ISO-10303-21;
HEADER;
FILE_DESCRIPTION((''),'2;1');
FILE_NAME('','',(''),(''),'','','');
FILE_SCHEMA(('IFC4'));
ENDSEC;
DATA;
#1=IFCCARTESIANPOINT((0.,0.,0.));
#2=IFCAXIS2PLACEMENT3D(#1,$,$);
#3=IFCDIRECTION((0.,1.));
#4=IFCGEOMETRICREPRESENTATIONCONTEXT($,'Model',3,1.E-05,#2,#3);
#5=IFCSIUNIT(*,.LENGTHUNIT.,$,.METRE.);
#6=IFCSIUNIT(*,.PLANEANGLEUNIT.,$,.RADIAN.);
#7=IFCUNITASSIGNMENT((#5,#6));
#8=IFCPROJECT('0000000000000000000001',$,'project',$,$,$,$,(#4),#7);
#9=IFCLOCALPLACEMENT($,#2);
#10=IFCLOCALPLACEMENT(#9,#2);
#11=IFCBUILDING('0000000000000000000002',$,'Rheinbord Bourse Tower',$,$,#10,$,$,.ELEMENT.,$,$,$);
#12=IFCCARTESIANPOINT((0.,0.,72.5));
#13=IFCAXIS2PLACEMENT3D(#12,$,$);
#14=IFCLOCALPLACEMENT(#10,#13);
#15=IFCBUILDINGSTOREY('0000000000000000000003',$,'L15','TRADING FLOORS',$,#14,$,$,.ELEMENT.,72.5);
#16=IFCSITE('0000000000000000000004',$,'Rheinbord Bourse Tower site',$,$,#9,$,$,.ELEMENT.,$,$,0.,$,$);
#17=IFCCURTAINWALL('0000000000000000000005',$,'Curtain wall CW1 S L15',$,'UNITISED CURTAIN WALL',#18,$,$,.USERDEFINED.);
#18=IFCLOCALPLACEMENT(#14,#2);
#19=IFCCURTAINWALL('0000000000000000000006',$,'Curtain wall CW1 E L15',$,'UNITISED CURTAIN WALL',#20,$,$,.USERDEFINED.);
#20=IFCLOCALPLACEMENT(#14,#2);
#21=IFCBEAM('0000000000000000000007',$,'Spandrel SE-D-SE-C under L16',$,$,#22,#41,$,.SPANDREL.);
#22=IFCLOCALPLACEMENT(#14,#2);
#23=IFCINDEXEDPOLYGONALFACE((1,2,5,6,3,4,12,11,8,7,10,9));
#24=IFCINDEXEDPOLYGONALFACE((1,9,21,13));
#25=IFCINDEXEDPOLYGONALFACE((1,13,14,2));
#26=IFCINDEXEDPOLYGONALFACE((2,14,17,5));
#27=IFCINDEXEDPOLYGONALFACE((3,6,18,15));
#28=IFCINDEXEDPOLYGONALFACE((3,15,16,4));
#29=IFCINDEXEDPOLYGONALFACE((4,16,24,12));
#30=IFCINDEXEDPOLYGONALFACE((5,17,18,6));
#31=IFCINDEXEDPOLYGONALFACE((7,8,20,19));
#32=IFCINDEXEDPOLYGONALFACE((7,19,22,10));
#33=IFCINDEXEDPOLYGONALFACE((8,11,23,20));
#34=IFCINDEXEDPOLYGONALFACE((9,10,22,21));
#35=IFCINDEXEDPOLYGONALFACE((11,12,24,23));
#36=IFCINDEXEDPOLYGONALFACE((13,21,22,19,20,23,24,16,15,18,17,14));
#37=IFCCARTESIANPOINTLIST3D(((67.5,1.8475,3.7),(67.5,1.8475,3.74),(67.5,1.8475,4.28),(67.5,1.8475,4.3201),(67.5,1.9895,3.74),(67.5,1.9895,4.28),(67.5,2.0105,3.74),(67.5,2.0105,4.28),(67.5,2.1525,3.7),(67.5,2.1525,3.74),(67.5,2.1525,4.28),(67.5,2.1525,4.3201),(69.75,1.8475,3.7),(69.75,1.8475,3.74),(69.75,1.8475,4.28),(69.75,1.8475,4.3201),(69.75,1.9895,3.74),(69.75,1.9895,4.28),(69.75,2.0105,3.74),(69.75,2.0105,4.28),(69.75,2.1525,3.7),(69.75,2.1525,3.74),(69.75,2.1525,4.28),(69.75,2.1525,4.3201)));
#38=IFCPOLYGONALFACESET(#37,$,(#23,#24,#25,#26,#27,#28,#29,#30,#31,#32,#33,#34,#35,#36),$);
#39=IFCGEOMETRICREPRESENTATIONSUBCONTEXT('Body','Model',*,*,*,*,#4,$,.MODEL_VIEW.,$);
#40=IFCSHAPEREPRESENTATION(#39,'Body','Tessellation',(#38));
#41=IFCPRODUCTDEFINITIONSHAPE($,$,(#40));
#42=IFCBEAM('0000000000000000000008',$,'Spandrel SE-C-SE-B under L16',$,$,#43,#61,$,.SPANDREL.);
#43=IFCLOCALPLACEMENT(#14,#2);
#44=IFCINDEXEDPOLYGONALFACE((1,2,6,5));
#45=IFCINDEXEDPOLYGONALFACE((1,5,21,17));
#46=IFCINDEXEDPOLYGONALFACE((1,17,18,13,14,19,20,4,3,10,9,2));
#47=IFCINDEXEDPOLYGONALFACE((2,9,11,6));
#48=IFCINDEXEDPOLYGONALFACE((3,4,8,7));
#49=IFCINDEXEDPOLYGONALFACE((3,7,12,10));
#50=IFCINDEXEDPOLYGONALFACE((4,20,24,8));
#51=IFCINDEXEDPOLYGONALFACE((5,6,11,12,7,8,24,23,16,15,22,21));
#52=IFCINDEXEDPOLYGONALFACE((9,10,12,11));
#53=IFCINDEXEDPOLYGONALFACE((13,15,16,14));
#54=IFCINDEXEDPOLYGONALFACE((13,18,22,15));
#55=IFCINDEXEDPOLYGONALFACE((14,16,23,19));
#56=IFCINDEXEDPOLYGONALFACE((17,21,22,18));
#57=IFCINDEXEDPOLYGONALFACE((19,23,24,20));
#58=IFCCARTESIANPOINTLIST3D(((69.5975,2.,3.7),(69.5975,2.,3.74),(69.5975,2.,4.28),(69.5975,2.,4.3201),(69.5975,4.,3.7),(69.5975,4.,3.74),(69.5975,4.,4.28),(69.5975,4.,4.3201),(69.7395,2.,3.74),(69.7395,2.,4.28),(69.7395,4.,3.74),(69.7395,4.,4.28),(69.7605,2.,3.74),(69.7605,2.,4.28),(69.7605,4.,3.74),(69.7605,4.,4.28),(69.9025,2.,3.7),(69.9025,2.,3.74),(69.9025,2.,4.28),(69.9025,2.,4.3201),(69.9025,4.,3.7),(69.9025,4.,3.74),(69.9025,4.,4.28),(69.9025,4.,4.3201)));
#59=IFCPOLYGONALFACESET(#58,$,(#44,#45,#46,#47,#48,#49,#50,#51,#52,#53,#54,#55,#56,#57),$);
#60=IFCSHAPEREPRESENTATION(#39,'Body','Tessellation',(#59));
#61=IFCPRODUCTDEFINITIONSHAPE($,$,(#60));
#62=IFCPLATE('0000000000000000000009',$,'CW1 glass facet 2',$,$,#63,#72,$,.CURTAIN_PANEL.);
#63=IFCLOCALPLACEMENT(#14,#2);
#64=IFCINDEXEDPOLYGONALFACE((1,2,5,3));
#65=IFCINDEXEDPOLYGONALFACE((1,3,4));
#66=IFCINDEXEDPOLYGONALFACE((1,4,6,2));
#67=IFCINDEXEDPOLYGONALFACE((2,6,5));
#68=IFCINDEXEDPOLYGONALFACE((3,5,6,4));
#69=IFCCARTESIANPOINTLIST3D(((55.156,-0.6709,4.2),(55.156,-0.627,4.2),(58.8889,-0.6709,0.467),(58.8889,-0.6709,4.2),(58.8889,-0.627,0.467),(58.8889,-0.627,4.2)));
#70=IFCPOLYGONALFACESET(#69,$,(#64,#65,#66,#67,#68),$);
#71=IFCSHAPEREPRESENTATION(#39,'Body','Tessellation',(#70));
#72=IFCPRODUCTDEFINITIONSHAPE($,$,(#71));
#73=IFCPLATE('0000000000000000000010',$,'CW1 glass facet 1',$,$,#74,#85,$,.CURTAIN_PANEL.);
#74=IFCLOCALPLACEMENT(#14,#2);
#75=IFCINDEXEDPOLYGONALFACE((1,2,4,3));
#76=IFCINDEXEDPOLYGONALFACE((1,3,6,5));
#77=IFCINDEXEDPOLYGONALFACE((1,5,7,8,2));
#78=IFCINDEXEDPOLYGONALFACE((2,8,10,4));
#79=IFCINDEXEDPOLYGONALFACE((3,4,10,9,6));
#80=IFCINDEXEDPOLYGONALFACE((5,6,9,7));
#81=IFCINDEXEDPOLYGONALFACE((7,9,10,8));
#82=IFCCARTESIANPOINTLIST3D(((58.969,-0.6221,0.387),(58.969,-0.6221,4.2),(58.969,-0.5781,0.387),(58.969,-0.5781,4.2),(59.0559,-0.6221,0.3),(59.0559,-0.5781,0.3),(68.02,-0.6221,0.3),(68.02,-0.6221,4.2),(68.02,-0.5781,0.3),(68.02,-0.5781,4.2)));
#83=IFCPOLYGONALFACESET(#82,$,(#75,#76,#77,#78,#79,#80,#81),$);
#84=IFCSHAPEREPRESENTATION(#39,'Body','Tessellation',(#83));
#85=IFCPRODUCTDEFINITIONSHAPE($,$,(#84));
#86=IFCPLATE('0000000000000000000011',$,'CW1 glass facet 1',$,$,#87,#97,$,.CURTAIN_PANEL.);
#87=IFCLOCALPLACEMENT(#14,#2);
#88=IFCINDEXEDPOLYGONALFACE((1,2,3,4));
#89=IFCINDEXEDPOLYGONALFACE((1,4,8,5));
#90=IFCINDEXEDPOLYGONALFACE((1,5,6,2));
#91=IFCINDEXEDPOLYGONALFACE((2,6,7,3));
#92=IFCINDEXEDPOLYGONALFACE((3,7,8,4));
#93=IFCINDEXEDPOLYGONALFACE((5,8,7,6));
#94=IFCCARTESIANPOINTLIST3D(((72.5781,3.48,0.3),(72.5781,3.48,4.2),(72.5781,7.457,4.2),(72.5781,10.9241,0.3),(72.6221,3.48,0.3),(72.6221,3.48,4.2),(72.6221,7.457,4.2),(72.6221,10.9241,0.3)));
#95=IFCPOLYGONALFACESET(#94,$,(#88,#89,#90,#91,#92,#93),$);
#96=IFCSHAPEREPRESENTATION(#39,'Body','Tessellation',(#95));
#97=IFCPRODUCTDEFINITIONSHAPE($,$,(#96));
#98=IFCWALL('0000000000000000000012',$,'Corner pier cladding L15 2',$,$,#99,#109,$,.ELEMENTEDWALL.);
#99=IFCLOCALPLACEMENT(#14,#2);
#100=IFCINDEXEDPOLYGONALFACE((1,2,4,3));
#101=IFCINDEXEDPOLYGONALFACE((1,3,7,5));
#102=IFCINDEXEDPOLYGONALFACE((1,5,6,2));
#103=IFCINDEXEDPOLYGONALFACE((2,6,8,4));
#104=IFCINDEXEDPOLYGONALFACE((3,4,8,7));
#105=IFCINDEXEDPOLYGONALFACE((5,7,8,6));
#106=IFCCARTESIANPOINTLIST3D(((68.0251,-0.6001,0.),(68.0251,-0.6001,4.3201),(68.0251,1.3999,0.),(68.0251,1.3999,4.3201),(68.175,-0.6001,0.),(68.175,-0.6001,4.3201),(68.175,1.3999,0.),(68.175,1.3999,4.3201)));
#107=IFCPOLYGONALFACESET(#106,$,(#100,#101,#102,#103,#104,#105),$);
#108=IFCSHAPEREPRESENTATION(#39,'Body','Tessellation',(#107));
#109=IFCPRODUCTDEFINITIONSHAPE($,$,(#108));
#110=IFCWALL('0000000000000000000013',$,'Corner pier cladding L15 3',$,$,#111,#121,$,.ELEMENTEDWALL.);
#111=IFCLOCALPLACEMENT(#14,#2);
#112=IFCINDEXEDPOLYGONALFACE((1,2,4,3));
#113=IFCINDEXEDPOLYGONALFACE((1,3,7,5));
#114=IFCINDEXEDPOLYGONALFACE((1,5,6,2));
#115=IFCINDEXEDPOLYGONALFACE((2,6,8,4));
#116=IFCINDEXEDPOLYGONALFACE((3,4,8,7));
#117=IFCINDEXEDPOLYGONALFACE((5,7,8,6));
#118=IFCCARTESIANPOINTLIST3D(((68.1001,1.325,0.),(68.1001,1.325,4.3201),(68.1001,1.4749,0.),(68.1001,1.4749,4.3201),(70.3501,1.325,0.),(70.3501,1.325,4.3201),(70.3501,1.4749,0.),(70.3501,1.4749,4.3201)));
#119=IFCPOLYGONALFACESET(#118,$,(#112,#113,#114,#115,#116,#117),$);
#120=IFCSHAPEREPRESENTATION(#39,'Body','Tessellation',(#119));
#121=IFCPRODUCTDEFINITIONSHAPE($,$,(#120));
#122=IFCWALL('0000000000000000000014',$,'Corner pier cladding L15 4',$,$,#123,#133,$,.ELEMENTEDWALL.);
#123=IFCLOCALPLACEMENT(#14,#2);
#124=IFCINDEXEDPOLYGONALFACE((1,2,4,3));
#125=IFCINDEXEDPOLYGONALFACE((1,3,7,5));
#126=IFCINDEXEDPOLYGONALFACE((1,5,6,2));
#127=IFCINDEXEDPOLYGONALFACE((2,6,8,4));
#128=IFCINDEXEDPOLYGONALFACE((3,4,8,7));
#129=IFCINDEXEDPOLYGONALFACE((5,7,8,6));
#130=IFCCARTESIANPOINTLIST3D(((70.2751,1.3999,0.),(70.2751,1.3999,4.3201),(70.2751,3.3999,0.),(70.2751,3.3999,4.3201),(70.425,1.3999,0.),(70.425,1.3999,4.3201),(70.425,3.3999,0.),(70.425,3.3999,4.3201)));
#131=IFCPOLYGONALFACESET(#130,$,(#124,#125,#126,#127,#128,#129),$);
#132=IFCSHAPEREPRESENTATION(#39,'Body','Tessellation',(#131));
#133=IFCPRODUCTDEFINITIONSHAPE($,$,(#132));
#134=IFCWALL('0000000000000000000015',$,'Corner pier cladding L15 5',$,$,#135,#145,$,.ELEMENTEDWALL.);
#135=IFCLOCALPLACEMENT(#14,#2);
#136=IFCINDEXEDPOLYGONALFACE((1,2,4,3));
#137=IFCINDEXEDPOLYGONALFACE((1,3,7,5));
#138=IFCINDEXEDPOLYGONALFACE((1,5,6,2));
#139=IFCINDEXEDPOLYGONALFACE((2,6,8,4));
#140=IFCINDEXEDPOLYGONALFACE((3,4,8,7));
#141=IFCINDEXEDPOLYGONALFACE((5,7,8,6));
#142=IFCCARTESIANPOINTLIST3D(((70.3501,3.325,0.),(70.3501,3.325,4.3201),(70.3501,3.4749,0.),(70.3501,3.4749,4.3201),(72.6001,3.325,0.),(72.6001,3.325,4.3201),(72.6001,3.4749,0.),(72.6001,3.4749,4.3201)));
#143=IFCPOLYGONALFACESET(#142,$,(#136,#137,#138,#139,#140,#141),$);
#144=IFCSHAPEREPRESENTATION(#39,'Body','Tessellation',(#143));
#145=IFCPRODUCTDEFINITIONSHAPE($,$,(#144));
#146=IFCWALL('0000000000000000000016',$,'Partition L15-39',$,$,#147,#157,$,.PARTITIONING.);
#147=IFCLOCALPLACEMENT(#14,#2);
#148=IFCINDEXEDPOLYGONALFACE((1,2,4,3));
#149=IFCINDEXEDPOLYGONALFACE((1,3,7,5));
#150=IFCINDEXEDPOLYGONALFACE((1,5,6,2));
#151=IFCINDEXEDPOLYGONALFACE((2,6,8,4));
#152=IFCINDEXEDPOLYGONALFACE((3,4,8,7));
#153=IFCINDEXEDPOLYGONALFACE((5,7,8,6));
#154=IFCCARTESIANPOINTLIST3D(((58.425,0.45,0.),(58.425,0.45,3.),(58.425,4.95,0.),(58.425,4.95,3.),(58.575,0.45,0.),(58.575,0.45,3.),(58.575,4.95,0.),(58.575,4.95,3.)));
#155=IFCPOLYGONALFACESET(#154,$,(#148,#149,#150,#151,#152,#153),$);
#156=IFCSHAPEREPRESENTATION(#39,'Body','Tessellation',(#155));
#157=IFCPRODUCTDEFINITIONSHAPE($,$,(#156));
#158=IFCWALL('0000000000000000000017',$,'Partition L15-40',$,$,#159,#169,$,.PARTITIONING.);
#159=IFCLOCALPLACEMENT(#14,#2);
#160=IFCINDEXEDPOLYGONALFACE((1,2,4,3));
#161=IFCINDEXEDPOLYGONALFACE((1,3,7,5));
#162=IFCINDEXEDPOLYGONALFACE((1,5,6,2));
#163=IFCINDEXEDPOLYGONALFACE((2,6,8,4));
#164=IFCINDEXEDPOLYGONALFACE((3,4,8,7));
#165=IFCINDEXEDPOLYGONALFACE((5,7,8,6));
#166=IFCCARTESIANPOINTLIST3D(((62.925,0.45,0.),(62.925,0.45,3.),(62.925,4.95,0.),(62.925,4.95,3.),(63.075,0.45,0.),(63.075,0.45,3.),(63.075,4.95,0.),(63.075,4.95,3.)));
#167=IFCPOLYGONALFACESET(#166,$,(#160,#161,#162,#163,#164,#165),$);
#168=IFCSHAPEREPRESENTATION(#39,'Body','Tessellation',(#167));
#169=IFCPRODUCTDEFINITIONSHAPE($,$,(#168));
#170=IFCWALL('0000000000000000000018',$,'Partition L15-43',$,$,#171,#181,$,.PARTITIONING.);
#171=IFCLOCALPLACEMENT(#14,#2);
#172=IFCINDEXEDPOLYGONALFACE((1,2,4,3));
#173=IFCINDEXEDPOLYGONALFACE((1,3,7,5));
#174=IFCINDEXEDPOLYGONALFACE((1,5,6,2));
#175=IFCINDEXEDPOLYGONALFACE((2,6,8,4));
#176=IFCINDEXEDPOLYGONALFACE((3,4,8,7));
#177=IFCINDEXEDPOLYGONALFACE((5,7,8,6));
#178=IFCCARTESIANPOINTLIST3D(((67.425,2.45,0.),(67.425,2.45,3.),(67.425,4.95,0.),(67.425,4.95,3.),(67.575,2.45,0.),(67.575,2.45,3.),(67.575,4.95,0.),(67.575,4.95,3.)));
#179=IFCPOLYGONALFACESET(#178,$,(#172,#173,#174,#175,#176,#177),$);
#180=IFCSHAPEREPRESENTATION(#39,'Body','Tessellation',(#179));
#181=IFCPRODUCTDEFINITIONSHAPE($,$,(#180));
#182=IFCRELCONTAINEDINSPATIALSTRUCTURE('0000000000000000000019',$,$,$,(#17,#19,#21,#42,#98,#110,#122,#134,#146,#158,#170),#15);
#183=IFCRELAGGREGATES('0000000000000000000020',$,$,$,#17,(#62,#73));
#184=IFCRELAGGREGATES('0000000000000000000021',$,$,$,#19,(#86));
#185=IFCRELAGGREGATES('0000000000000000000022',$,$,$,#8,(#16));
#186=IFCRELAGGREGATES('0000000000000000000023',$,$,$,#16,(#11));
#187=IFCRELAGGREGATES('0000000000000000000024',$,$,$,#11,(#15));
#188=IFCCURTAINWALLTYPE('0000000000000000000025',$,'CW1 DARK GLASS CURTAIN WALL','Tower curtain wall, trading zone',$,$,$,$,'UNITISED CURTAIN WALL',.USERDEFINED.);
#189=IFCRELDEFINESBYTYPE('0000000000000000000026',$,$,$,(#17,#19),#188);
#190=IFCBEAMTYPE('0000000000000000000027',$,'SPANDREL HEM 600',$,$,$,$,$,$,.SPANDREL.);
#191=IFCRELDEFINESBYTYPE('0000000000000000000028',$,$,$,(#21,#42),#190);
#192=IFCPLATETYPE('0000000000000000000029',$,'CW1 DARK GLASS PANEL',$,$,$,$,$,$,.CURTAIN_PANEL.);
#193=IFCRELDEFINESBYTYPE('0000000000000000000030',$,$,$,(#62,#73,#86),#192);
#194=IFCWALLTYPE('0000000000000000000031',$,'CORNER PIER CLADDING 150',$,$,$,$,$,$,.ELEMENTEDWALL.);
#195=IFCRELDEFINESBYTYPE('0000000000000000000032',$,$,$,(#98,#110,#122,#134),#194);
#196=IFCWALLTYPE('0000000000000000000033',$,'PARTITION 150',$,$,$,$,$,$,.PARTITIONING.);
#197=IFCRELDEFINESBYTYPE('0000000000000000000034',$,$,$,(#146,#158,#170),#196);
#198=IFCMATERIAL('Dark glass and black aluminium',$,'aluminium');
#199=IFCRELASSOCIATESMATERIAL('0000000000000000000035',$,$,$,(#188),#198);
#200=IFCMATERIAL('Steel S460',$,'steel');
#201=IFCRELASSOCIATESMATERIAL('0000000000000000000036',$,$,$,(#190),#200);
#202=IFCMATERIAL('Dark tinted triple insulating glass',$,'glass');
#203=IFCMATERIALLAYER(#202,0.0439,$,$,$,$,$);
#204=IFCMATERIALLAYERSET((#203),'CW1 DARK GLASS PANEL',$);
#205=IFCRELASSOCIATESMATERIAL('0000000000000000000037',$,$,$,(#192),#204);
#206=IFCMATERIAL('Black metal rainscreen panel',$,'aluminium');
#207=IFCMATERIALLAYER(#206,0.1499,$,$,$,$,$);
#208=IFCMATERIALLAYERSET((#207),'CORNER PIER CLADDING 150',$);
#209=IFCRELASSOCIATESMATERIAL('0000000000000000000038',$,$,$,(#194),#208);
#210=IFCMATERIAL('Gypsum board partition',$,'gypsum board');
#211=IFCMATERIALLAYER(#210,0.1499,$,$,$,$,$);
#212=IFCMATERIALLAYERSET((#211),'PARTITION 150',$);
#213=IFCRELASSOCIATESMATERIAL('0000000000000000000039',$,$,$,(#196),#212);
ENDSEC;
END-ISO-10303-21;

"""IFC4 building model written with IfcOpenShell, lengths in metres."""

from ifc_helpers import new_model, si_unit, direction, frame, frame_2d, origin, origin_2d, place, context, subcontext, project, spatial, polyline, rectangle, i_section, outline, extrude, material, layer, layer_set, material_profile, profile_set, type_object, element, aggregate, save


model = new_model("IFC4")

# Units and contexts
model_context = context("Model", 3, precision=1e-05, world=origin(), true_north=direction((0.0, 1.0)))
body_context = subcontext(model_context, "Body", "Model", "MODEL_VIEW")
ifc_project = project(units=[si_unit("LENGTHUNIT", "METRE"), si_unit("PLANEANGLEUNIT", "RADIAN")], contexts=[model_context])

# Site, building, storey
site_placement = place(None, origin())
site = spatial("IfcSite", under=ifc_project, at=site_placement, Name="Rheinbord Bourse Tower site", CompositionType="ELEMENT", RefElevation=0.0)
building_placement = place(site_placement, origin())
building = spatial("IfcBuilding", under=site, at=building_placement, Name="Rheinbord Bourse Tower", CompositionType="ELEMENT")
storey_placement = place(building_placement, frame((0.0, 0.0, 72.5)))
storey = spatial("IfcBuildingStorey", under=building, at=storey_placement, Name="L15", Description="TRADING FLOORS", CompositionType="ELEMENT", Elevation=72.5)

# Curtain wall
ifc_material_1 = material(Name="Dark glass and black aluminium", Category="aluminium")
curtain_wall_type = type_object("IfcCurtainWallType", Name="CW1 DARK GLASS CURTAIN WALL", Description="Tower curtain wall, trading zone", ElementType="UNITISED CURTAIN WALL", PredefinedType="USERDEFINED", material=ifc_material_1)
curtain_wall_1_placement = place(storey_placement, origin())
curtain_wall_1 = element("IfcCurtainWall", 1, at=curtain_wall_1_placement, inside=storey, type_object=curtain_wall_type, Name="Curtain wall CW1 S L15", ObjectType="UNITISED CURTAIN WALL", PredefinedType="USERDEFINED")

# Curtain wall
curtain_wall_2_placement = place(storey_placement, origin())
curtain_wall_2 = element("IfcCurtainWall", 2, at=curtain_wall_2_placement, inside=storey, type_object=curtain_wall_type, Name="Curtain wall CW1 E L15", ObjectType="UNITISED CURTAIN WALL", PredefinedType="USERDEFINED")

# Beams
ifc_material_2 = material(Name="Steel S460", Category="steel")
ifc_material_profile_1 = material_profile(ifc_material_2, i_section(OverallWidth=0.3049, OverallDepth=0.6201, WebThickness=0.021, FlangeThickness=0.04, at=origin_2d()), Name="HEM 600")
ifc_profile_set_1 = profile_set([ifc_material_profile_1], Name="Steel S460")
beam_type_1 = type_object("IfcBeamType", Name="SPANDREL HEM 600", PredefinedType="SPANDREL", material=ifc_profile_set_1)
beam_1_placement = place(storey_placement, frame((67.5, 2.0, 4.01), z_axis=(1.0, 0.0, 0.0), x_axis=(0.0, 1.0, 0.0)))
element("IfcBeam", 3, at=beam_1_placement, inside=storey, type_object=beam_type_1, Name="Spandrel SE-D-SE-C under L16", PredefinedType="SPANDREL", context=body_context, shape_type="SweptSolid", body=[
    extrude(i_section(OverallWidth=0.3049, OverallDepth=0.6201, WebThickness=0.021, FlangeThickness=0.04, at=origin_2d()), origin(), (0.0, 0.0, 1.0), 2.25),
])
beam_2_placement = place(storey_placement, frame((69.75, 2.0, 4.01), z_axis=(0.0, 1.0, 0.0), x_axis=(-1.0, 0.0, 0.0)))
element("IfcBeam", 4, at=beam_2_placement, inside=storey, type_object=beam_type_1, Name="Spandrel SE-C-SE-B under L16", PredefinedType="SPANDREL", context=body_context, shape_type="SweptSolid", body=[
    extrude(i_section(OverallWidth=0.3049, OverallDepth=0.6201, WebThickness=0.021, FlangeThickness=0.04, at=origin_2d()), origin(), (0.0, 0.0, 1.0), 2.0),
])

# Plates
ifc_material_3 = material(Name="Dark tinted triple insulating glass", Category="glass")
ifc_layer_1 = layer(ifc_material_3, 0.0439)
ifc_layer_set_1 = layer_set([ifc_layer_1], Name="CW1 DARK GLASS PANEL")
plate_type = type_object("IfcPlateType", Name="CW1 DARK GLASS PANEL", PredefinedType="CURTAIN_PANEL", material=ifc_layer_set_1)
plate_1_placement = place(storey_placement, frame((58.8889, -0.6709, 4.2), z_axis=(0.0, 1.0, 0.0), x_axis=(0.0, 0.0, -1.0)))
plate_1 = element("IfcPlate", 5, at=plate_1_placement, type_object=plate_type, Name="CW1 glass facet 2", PredefinedType="CURTAIN_PANEL", context=body_context, shape_type="SweptSolid", body=[
    extrude(outline(polyline([(0.0, 0.0), (3.7329, 0.0), (0.0, 3.7329), (0.0, 0.0)])), origin(), (0.0, 0.0, 1.0), 0.0439),
])
plate_2_placement = place(storey_placement, frame((58.969, -0.6221, 4.2), z_axis=(0.0, 1.0, 0.0), x_axis=(1.0, 0.0, 0.0)))
plate_2 = element("IfcPlate", 6, at=plate_2_placement, type_object=plate_type, Name="CW1 glass facet 1", PredefinedType="CURTAIN_PANEL", context=body_context, shape_type="SweptSolid", body=[
    extrude(outline(polyline([(0.0, 0.0), (9.051, 0.0), (9.051, 3.8999), (0.0869, 3.8999), (0.0, 3.813), (0.0, 0.0)])), origin(), (0.0, 0.0, 1.0), 0.0439),
])
aggregate(curtain_wall_1, [plate_1, plate_2])
plate_3_placement = place(storey_placement, frame((72.6221, 3.48, 0.3), z_axis=(-1.0, 0.0, 0.0), x_axis=(0.0, 0.0, 1.0)))
plate_3 = element("IfcPlate", 7, at=plate_3_placement, type_object=plate_type, Name="CW1 glass facet 1", PredefinedType="CURTAIN_PANEL", context=body_context, shape_type="SweptSolid", body=[
    extrude(outline(polyline([(0.0, 0.0), (3.8999, 0.0), (3.8999, 3.9771), (0.0, 7.4441), (0.0, 0.0)])), origin(), (0.0, 0.0, 1.0), 0.0439),
])
aggregate(curtain_wall_2, [plate_3])

# Walls
ifc_material_4 = material(Name="Black metal rainscreen panel", Category="aluminium")
ifc_layer_2 = layer(ifc_material_4, 0.1499)
ifc_layer_set_2 = layer_set([ifc_layer_2], Name="CORNER PIER CLADDING 150")
wall_type_1 = type_object("IfcWallType", Name="CORNER PIER CLADDING 150", PredefinedType="ELEMENTEDWALL", material=ifc_layer_set_2)
wall_1_placement = place(storey_placement, frame((68.1001, -0.6001, 0.0), z_axis=(0.0, 0.0, 1.0), x_axis=(0.0, 1.0, 0.0)))
element("IfcWall", 8, at=wall_1_placement, inside=storey, type_object=wall_type_1, Name="Corner pier cladding L15 2", PredefinedType="ELEMENTEDWALL", context=body_context, shape_type="SweptSolid", body=[
    extrude(rectangle(XDim=2.0, YDim=0.1499, at=frame_2d((1.0, 0.0))), origin(), (0.0, 0.0, 1.0), 4.3201),
])
wall_2_placement = place(storey_placement, frame((68.1001, 1.3999, 0.0), z_axis=(0.0, 0.0, 1.0), x_axis=(1.0, 0.0, 0.0)))
element("IfcWall", 9, at=wall_2_placement, inside=storey, type_object=wall_type_1, Name="Corner pier cladding L15 3", PredefinedType="ELEMENTEDWALL", context=body_context, shape_type="SweptSolid", body=[
    extrude(rectangle(XDim=2.25, YDim=0.1499, at=frame_2d((1.125, 0.0))), origin(), (0.0, 0.0, 1.0), 4.3201),
])
wall_3_placement = place(storey_placement, frame((70.3501, 1.3999, 0.0), z_axis=(0.0, 0.0, 1.0), x_axis=(0.0, 1.0, 0.0)))
element("IfcWall", 10, at=wall_3_placement, inside=storey, type_object=wall_type_1, Name="Corner pier cladding L15 4", PredefinedType="ELEMENTEDWALL", context=body_context, shape_type="SweptSolid", body=[
    extrude(rectangle(XDim=2.0, YDim=0.1499, at=frame_2d((1.0, 0.0))), origin(), (0.0, 0.0, 1.0), 4.3201),
])
wall_4_placement = place(storey_placement, frame((70.3501, 3.3999, 0.0), z_axis=(0.0, 0.0, 1.0), x_axis=(1.0, 0.0, 0.0)))
element("IfcWall", 11, at=wall_4_placement, inside=storey, type_object=wall_type_1, Name="Corner pier cladding L15 5", PredefinedType="ELEMENTEDWALL", context=body_context, shape_type="SweptSolid", body=[
    extrude(rectangle(XDim=2.25, YDim=0.1499, at=frame_2d((1.125, 0.0))), origin(), (0.0, 0.0, 1.0), 4.3201),
])
ifc_material_5 = material(Name="Gypsum board partition", Category="gypsum board")
ifc_layer_3 = layer(ifc_material_5, 0.1499)
ifc_layer_set_3 = layer_set([ifc_layer_3], Name="PARTITION 150")
wall_type_2 = type_object("IfcWallType", Name="PARTITION 150", PredefinedType="PARTITIONING", material=ifc_layer_set_3)
for number, where, z_axis, x_axis, name in (
    (12, (58.5, 0.45, 0.0), (0.0, 0.0, 1.0), (0.0, 1.0, 0.0), "Partition L15-39"),
    (13, (63.0, 0.45, 0.0), (0.0, 0.0, 1.0), (0.0, 1.0, 0.0), "Partition L15-40"),
):
    element("IfcWall", number, at=place(storey_placement, frame(where, z_axis=z_axis, x_axis=x_axis)), inside=storey, type_object=wall_type_2, Name=name, PredefinedType="PARTITIONING", context=body_context, shape_type="SweptSolid", body=[
        extrude(rectangle(XDim=4.5, YDim=0.1499, at=frame_2d((2.25, 0.0))), origin(), (0.0, 0.0, 1.0), 3.0),
    ])
wall_5_placement = place(storey_placement, frame((67.5, 2.45, 0.0), z_axis=(0.0, 0.0, 1.0), x_axis=(0.0, 1.0, 0.0)))
element("IfcWall", 14, at=wall_5_placement, inside=storey, type_object=wall_type_2, Name="Partition L15-43", PredefinedType="PARTITIONING", context=body_context, shape_type="SweptSolid", body=[
    extrude(rectangle(XDim=2.5, YDim=0.1499, at=frame_2d((1.25, 0.0))), origin(), (0.0, 0.0, 1.0), 3.0),
])

save(model, "model.ifc")
